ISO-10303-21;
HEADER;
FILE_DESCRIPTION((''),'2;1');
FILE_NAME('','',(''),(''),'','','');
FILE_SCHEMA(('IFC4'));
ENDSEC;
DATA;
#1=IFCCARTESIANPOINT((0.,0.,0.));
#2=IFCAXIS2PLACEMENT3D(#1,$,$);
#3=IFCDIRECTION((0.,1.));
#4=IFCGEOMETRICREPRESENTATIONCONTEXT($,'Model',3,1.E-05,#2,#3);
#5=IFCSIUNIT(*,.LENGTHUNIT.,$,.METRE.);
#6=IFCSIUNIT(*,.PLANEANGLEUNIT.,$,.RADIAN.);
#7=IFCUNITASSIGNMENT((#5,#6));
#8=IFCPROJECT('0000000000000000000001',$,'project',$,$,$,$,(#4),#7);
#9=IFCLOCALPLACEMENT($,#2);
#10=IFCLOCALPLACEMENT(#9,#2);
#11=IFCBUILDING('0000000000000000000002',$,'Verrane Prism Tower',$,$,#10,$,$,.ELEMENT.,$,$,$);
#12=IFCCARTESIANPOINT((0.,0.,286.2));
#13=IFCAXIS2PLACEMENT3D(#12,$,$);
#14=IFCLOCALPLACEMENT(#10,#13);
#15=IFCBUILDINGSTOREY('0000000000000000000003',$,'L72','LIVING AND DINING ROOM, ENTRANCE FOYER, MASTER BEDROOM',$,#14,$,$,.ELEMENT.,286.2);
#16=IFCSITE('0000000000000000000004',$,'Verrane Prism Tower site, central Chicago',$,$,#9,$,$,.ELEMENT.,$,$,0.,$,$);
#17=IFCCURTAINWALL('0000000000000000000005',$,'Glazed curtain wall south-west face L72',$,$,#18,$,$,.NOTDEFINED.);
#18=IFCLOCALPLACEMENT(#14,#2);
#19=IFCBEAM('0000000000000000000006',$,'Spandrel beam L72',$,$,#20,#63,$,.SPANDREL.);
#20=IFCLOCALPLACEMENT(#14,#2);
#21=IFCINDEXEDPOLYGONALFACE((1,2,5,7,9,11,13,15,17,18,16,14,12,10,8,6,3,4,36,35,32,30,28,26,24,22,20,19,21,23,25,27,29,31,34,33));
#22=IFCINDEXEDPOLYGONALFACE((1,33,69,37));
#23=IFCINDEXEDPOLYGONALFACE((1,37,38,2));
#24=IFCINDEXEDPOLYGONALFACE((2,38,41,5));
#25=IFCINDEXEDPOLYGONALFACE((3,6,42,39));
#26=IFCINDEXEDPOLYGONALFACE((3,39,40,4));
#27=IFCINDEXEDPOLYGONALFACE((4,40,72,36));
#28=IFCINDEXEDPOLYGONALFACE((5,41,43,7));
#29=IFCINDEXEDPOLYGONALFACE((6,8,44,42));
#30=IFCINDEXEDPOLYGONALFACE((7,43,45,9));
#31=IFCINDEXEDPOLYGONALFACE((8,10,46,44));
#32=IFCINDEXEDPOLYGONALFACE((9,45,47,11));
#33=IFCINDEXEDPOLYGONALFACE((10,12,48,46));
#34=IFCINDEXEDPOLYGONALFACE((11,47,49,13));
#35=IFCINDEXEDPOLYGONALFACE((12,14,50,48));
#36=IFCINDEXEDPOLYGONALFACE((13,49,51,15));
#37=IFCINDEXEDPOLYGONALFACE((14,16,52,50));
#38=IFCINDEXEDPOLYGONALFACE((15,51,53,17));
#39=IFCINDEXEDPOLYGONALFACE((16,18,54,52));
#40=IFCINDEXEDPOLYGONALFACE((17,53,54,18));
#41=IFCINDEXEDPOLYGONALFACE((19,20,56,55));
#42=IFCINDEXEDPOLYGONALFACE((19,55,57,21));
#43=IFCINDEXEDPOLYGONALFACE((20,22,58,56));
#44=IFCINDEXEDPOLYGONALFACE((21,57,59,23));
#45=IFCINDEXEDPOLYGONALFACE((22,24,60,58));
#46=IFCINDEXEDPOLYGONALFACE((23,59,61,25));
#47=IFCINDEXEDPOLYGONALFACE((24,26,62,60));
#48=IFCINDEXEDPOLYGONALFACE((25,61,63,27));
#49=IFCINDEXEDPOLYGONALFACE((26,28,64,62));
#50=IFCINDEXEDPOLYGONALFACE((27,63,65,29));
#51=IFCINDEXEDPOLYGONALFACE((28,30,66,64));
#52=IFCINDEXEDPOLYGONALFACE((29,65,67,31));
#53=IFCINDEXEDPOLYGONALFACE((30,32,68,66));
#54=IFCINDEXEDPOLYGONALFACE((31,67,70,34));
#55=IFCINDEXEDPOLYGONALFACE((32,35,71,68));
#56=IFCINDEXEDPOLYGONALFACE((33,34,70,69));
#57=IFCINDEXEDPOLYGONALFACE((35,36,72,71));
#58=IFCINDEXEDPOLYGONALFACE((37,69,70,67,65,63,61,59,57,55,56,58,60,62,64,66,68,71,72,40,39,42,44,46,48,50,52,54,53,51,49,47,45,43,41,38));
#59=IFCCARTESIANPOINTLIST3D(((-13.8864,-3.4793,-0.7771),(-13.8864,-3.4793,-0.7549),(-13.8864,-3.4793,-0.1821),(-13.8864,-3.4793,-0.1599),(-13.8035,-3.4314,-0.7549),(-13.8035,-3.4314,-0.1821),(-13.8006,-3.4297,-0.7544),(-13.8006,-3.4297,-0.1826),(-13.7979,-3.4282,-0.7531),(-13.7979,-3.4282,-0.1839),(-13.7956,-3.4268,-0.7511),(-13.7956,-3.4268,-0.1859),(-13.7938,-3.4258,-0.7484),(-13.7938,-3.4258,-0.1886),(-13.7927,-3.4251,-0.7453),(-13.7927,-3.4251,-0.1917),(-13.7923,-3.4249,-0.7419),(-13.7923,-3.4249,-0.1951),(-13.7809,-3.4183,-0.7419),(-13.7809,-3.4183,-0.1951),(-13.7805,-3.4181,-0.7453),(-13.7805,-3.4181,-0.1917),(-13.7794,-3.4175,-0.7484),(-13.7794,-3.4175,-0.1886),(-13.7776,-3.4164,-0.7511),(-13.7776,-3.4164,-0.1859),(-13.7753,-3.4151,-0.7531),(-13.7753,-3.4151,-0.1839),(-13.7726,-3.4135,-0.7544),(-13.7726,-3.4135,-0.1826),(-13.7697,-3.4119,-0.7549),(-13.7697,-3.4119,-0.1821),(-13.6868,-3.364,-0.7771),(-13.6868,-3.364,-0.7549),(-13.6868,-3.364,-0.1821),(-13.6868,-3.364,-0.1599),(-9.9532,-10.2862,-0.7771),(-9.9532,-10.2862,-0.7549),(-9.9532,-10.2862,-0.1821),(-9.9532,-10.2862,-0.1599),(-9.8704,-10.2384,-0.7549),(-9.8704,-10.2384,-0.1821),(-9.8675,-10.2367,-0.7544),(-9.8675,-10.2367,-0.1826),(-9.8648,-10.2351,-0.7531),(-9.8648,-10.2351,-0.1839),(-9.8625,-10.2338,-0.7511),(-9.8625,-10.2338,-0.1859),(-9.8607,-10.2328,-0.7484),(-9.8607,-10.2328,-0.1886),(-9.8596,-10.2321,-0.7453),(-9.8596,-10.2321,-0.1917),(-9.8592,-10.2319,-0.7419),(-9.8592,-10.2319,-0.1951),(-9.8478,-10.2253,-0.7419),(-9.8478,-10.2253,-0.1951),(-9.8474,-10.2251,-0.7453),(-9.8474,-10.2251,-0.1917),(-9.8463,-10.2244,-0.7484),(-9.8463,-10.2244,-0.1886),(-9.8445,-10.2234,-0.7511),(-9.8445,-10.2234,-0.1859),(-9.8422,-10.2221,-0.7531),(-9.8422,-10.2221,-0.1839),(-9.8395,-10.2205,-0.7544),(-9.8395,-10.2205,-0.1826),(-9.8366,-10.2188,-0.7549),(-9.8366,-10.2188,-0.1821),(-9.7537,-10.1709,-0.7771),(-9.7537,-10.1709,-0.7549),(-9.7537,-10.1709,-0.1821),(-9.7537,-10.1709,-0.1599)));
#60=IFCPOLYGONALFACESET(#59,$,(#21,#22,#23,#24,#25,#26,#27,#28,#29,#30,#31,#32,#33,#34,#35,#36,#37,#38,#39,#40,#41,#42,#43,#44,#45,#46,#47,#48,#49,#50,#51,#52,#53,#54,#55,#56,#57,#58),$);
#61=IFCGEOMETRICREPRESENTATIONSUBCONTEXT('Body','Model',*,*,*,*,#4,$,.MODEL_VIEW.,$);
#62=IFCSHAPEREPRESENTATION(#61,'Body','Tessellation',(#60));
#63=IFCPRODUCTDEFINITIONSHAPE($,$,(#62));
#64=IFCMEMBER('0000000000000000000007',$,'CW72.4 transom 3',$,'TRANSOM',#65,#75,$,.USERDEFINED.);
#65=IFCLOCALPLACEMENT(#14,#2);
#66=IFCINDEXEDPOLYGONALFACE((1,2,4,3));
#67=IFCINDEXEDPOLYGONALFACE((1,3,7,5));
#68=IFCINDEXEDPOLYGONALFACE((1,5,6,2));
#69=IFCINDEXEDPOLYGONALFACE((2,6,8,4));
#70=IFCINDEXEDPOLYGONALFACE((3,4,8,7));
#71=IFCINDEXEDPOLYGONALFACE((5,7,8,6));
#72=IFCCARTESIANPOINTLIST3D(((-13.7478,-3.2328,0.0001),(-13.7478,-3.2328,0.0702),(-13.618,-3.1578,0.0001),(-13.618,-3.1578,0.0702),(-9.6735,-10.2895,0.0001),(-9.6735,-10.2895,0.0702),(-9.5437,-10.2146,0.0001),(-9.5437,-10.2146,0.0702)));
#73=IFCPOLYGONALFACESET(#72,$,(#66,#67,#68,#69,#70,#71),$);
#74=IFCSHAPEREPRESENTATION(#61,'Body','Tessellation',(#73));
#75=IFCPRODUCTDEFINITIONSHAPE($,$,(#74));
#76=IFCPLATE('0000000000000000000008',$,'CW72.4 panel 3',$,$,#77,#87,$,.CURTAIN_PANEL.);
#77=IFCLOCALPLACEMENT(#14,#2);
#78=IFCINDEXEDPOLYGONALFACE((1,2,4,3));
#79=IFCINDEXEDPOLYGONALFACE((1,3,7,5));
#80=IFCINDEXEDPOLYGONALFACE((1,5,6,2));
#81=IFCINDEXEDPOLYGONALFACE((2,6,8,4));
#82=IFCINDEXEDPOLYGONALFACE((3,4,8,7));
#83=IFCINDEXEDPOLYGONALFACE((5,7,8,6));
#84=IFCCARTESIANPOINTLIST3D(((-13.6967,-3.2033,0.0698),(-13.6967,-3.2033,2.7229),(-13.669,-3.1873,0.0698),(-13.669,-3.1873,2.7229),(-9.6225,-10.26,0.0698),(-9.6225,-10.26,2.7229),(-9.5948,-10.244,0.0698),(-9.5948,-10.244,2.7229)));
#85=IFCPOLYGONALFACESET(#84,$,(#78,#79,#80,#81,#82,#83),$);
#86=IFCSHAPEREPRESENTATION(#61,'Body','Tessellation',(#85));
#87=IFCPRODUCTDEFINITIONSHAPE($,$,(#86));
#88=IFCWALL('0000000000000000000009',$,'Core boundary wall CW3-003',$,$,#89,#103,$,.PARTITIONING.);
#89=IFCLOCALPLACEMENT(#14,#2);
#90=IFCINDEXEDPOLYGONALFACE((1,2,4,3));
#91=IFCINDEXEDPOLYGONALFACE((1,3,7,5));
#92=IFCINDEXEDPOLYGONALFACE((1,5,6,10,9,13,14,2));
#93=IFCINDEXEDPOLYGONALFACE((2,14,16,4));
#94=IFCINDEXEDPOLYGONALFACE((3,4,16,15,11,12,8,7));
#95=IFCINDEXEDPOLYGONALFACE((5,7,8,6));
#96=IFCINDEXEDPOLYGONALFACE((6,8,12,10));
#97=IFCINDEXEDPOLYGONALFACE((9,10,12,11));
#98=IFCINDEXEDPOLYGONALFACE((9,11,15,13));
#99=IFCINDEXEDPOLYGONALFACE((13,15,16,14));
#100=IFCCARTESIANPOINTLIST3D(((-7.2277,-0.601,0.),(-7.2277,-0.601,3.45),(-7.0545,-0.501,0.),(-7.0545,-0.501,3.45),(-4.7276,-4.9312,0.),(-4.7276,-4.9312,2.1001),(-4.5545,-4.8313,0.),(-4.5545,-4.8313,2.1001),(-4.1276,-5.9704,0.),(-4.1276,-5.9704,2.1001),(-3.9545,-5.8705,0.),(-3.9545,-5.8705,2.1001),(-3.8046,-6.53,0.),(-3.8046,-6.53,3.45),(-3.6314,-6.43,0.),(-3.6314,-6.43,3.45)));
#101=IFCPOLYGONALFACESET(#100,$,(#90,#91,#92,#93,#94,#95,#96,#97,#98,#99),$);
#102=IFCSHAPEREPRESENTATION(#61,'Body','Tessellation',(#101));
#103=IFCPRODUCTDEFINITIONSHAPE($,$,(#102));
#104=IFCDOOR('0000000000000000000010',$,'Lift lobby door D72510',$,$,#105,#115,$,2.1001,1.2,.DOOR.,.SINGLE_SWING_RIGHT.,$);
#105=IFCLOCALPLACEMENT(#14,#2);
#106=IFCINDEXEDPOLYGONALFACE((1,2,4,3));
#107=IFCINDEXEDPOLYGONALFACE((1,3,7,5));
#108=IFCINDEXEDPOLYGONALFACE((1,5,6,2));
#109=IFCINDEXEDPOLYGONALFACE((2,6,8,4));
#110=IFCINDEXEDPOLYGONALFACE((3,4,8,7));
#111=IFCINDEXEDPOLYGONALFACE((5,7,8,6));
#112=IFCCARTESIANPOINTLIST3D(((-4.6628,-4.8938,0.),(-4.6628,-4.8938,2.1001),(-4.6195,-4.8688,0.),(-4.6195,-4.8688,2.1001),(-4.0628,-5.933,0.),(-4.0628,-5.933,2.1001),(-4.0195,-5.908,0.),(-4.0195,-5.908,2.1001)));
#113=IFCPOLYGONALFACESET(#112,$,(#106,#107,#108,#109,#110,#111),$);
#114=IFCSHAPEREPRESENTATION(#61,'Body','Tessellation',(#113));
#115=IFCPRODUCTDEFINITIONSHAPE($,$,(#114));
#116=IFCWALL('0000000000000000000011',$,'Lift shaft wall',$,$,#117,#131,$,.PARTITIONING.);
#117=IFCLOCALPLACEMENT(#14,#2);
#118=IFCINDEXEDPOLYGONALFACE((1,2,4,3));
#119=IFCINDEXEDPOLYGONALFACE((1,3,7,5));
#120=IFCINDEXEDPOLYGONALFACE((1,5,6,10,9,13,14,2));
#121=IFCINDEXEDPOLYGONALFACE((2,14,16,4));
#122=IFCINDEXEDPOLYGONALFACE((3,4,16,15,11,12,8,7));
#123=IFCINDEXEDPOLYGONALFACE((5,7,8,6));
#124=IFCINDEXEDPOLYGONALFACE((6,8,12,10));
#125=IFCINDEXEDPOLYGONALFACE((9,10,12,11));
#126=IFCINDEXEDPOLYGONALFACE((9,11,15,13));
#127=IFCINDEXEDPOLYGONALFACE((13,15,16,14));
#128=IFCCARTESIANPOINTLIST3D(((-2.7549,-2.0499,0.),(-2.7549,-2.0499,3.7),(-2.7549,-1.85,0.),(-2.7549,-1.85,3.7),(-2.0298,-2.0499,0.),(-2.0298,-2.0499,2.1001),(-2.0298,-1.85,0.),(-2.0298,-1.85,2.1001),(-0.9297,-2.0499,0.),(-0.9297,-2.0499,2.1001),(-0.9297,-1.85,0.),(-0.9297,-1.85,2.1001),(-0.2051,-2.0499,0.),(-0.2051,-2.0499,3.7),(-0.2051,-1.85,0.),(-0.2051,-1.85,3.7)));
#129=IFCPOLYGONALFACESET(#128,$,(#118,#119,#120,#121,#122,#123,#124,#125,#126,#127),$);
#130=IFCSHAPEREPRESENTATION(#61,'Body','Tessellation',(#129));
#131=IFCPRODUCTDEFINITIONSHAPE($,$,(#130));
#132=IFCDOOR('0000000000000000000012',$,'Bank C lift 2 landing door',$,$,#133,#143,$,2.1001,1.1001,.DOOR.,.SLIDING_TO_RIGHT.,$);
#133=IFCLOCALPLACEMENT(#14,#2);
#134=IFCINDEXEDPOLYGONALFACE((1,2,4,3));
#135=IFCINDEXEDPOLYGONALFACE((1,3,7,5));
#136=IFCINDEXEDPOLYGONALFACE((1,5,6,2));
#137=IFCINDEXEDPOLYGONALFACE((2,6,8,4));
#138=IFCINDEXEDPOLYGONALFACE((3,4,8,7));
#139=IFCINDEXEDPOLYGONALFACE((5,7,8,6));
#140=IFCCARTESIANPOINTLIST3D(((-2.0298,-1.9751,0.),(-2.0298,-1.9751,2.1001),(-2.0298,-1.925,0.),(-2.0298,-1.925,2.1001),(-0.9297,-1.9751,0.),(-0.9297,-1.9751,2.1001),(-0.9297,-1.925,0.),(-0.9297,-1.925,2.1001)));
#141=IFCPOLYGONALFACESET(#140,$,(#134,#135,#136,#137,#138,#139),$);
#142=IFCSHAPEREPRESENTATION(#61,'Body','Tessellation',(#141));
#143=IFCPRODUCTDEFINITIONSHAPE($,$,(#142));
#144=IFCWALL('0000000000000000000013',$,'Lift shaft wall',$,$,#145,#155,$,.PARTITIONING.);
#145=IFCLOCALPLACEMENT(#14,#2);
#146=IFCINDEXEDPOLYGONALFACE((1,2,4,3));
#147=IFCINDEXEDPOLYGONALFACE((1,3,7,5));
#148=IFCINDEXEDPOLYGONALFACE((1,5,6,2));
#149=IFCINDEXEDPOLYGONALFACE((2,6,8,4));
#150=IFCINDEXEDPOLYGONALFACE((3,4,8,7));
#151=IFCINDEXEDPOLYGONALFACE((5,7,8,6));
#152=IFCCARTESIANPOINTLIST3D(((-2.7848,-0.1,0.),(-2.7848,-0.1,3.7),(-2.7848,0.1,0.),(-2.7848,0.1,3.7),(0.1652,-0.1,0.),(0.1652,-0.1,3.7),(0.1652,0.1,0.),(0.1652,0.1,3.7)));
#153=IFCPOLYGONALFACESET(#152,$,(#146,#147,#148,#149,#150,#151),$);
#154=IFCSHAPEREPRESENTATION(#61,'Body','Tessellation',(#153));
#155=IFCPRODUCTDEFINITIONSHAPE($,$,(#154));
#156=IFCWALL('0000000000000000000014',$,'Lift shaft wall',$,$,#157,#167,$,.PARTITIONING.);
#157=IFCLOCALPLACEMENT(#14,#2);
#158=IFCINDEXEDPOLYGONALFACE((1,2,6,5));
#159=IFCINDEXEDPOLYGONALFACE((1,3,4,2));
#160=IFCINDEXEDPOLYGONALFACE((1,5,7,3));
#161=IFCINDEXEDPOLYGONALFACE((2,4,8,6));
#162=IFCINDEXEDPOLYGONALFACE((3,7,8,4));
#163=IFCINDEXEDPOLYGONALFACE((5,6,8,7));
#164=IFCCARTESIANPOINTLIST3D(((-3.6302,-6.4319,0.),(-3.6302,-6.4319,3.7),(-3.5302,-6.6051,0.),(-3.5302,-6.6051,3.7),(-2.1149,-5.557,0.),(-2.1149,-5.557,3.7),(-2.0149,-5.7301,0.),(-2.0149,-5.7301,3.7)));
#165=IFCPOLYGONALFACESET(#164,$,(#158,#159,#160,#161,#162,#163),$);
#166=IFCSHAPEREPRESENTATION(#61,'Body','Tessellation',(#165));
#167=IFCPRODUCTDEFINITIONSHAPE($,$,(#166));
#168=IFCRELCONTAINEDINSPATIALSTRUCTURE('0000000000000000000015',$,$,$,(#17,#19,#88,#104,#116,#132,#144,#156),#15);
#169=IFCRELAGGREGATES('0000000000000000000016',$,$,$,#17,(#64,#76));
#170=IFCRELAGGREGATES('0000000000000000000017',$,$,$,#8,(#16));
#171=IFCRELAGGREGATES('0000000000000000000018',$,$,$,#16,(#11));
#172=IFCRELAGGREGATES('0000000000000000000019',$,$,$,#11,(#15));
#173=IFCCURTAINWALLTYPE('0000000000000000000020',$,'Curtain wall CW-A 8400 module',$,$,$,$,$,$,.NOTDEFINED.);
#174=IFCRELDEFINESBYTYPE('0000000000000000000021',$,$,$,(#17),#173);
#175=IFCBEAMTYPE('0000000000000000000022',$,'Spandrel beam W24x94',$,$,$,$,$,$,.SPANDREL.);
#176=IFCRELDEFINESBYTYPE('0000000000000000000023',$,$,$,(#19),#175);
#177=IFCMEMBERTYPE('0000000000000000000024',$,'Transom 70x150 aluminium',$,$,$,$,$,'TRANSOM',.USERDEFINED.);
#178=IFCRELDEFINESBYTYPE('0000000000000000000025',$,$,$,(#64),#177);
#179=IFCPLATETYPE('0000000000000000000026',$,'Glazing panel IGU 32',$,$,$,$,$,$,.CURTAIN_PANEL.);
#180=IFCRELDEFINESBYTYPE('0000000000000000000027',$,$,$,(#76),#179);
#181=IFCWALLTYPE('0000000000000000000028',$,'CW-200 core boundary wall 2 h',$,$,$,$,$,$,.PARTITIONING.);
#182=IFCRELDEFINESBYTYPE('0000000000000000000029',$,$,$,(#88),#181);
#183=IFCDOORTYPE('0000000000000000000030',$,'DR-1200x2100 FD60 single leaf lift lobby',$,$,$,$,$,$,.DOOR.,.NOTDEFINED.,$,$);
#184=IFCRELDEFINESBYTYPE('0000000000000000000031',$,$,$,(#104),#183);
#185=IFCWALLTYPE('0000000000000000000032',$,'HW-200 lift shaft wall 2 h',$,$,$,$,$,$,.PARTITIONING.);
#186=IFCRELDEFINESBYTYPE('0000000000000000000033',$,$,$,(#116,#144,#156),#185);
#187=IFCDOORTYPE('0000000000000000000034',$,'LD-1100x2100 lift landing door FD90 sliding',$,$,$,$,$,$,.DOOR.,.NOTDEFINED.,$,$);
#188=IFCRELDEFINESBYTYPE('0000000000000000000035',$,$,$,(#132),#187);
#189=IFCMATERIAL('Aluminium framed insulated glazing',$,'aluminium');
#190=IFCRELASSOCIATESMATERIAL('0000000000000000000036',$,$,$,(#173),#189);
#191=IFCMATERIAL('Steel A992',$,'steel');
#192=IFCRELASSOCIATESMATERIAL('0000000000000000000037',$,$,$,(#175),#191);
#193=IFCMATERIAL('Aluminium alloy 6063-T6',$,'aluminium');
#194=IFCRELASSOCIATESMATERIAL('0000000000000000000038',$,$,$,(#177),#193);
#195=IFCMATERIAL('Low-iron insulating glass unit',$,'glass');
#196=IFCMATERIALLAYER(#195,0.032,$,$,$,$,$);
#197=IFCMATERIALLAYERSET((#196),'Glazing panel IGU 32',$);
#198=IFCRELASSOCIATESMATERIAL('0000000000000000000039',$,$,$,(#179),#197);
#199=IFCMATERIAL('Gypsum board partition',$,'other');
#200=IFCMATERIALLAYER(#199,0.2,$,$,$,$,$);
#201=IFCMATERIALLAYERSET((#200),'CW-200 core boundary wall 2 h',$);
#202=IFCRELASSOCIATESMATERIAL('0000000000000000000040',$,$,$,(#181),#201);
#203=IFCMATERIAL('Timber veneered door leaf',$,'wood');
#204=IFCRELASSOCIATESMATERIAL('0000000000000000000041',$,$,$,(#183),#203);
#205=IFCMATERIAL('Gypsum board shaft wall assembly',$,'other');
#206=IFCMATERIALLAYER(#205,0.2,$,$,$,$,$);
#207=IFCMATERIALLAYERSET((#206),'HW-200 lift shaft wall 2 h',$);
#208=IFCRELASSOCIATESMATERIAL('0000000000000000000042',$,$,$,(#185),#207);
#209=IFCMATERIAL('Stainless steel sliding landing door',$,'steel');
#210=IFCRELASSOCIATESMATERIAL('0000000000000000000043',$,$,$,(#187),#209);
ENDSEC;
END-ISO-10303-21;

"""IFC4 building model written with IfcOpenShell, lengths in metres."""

from ifc_helpers import new_model, si_unit, direction, frame, frame_2d, origin, origin_2d, place, context, subcontext, project, spatial, rectangle, i_section, extrude, material, layer, layer_set, material_profile, profile_set, type_object, element, fill, aggregate, save


model = new_model("IFC4")

# Units and contexts
model_context = context("Model", 3, precision=1e-05, world=origin(), true_north=direction((0.0, 1.0)))
body_context = subcontext(model_context, "Body", "Model", "MODEL_VIEW")
ifc_project = project(units=[si_unit("LENGTHUNIT", "METRE"), si_unit("PLANEANGLEUNIT", "RADIAN")], contexts=[model_context])

# Site, building, storey
site_placement = place(None, origin())
site = spatial("IfcSite", under=ifc_project, at=site_placement, Name="Verrane Prism Tower site, central Chicago", CompositionType="ELEMENT", RefElevation=0.0)
building_placement = place(site_placement, origin())
building = spatial("IfcBuilding", under=site, at=building_placement, Name="Verrane Prism Tower", CompositionType="ELEMENT")
storey_placement = place(building_placement, frame((0.0, 0.0, 286.2)))
storey = spatial("IfcBuildingStorey", under=building, at=storey_placement, Name="L72", Description="LIVING AND DINING ROOM, ENTRANCE FOYER, MASTER BEDROOM", CompositionType="ELEMENT", Elevation=286.2)

# Curtain wall
ifc_material_1 = material(Name="Aluminium framed insulated glazing", Category="aluminium")
curtain_wall_type = type_object("IfcCurtainWallType", Name="Curtain wall CW-A 8400 module", PredefinedType="NOTDEFINED", material=ifc_material_1)
curtain_wall_placement = place(storey_placement, origin())
curtain_wall = element("IfcCurtainWall", 1, at=curtain_wall_placement, inside=storey, type_object=curtain_wall_type, Name="Glazed curtain wall south-west face L72", PredefinedType="NOTDEFINED")

# Beam
ifc_material_2 = material(Name="Steel A992", Category="steel")
ifc_material_profile_1 = material_profile(ifc_material_2, i_section(OverallWidth=0.2305, OverallDepth=0.6172, WebThickness=0.0132, FlangeThickness=0.0222, FilletRadius=0.0129, at=origin_2d()), Name="W24x94")
ifc_profile_set_1 = profile_set([ifc_material_profile_1], Name="Steel A992")
beam_type_1 = type_object("IfcBeamType", Name="Spandrel beam W24x94", PredefinedType="SPANDREL", material=ifc_profile_set_1)
beam_1_placement = place(storey_placement, frame((-13.7866, -3.4216, -0.4685), z_axis=(0.5003, -0.865852, 0.0), x_axis=(0.865852, 0.5003, 0.0)))
element("IfcBeam", 2, at=beam_1_placement, inside=storey, type_object=beam_type_1, Name="Spandrel beam L72", PredefinedType="SPANDREL", context=body_context, shape_type="SweptSolid", body=[
    extrude(i_section(OverallWidth=0.2305, OverallDepth=0.6172, WebThickness=0.0132, FlangeThickness=0.0222, FilletRadius=0.0129, at=origin_2d()), origin(), (0.0, 0.0, 1.0), 7.8616),
])

# Member
ifc_material_3 = material(Name="Aluminium alloy 6063-T6", Category="aluminium")
ifc_material_profile_2 = material_profile(ifc_material_3, rectangle(XDim=0.1499, YDim=0.0701, at=origin_2d()), Name="Transom 70x150 aluminium")
ifc_profile_set_2 = profile_set([ifc_material_profile_2], Name="Aluminium alloy 6063-T6")
member_type_1 = type_object("IfcMemberType", Name="Transom 70x150 aluminium", ElementType="TRANSOM", PredefinedType="USERDEFINED", material=ifc_profile_set_2)
member_1_placement = place(storey_placement, frame((-13.6829, -3.1953, 0.0352), z_axis=(0.500006, -0.866022, 0.0), x_axis=(0.866022, 0.500006, 0.0)))
member_1 = element("IfcMember", 3, at=member_1_placement, type_object=member_type_1, Name="CW72.4 transom 3", ObjectType="TRANSOM", PredefinedType="USERDEFINED", context=body_context, shape_type="SweptSolid", body=[
    extrude(rectangle(XDim=0.1499, YDim=0.0701, at=origin_2d()), origin(), (0.0, 0.0, 1.0), 8.1484),
])

# Plate
ifc_material_4 = material(Name="Low-iron insulating glass unit", Category="glass")
ifc_layer_1 = layer(ifc_material_4, 0.032)
ifc_layer_set_1 = layer_set([ifc_layer_1], Name="Glazing panel IGU 32")
plate_type = type_object("IfcPlateType", Name="Glazing panel IGU 32", PredefinedType="CURTAIN_PANEL", material=ifc_layer_set_1)
plate_placement = place(storey_placement, frame((-11.6458, -6.7236, 0.0698), z_axis=(0.0, 0.0, 1.0), x_axis=(0.500001, -0.866025, 0.0)))
plate = element("IfcPlate", 4, at=plate_placement, type_object=plate_type, Name="CW72.4 panel 3", PredefinedType="CURTAIN_PANEL", context=body_context, shape_type="SweptSolid", body=[
    extrude(rectangle(XDim=8.1484, YDim=0.032, at=origin_2d()), origin(), (0.0, 0.0, 1.0), 2.6531),
])
aggregate(curtain_wall, [member_1, plate])

# Walls, openings, doors
ifc_material_5 = material(Name="Gypsum board partition", Category="other")
ifc_layer_2 = layer(ifc_material_5, 0.2)
ifc_layer_set_2 = layer_set([ifc_layer_2], Name="CW-200 core boundary wall 2 h")
wall_type_1 = type_object("IfcWallType", Name="CW-200 core boundary wall 2 h", PredefinedType="PARTITIONING", material=ifc_layer_set_2)
wall_1_placement = place(storey_placement, frame((-7.1411, -0.551, 0.0), z_axis=(0.0, 0.0, 1.0), x_axis=(0.500001, -0.866025, 0.0)))
wall_1 = element("IfcWall", 5, at=wall_1_placement, inside=storey, type_object=wall_type_1, Name="Core boundary wall CW3-003", PredefinedType="PARTITIONING", context=body_context, shape_type="SweptSolid", body=[
    extrude(rectangle(XDim=6.8462, YDim=0.2, at=frame_2d((3.4231, 0.0))), origin(), (0.0, 0.0, 1.0), 3.45),
])
opening_1_placement = place(wall_1_placement, frame((5.0, 0.0, 0.0)))
opening_1 = element("IfcOpeningElement", 6, at=opening_1_placement, cuts=wall_1, PredefinedType="OPENING", context=body_context, shape_type="SweptSolid", body=[
    extrude(rectangle(XDim=1.2, YDim=2.1001, at=frame_2d((0.6001, 1.05))), frame((0.0, 0.1099, 0.0), z_axis=(0.0, -1.0, 0.0), x_axis=(1.0, 0.0, 0.0)), (0.0, 0.0, 1.0), 0.22),
])
ifc_material_6 = material(Name="Timber veneered door leaf", Category="wood")
door_type_1 = type_object("IfcDoorType", Name="DR-1200x2100 FD60 single leaf lift lobby", OperationType="NOTDEFINED", PredefinedType="DOOR", material=ifc_material_6)
door_1_placement = place(opening_1_placement, origin())
door_1 = element("IfcDoor", 7, at=door_1_placement, inside=storey, type_object=door_type_1, Name="Lift lobby door D72510", OperationType="SINGLE_SWING_RIGHT", OverallHeight=2.1001, OverallWidth=1.2, PredefinedType="DOOR", context=body_context, shape_type="SweptSolid", body=[
    extrude(rectangle(XDim=1.2, YDim=2.1001, at=frame_2d((0.6001, 1.05))), frame((0.0, 0.0249, 0.0), z_axis=(0.0, -1.0, 0.0), x_axis=(1.0, 0.0, 0.0)), (0.0, 0.0, 1.0), 0.05),
])
fill(opening_1, door_1)
ifc_material_7 = material(Name="Gypsum board shaft wall assembly", Category="other")
ifc_layer_3 = layer(ifc_material_7, 0.2)
ifc_layer_set_3 = layer_set([ifc_layer_3], Name="HW-200 lift shaft wall 2 h")
wall_type_2 = type_object("IfcWallType", Name="HW-200 lift shaft wall 2 h", PredefinedType="PARTITIONING", material=ifc_layer_set_3)
wall_2_placement = place(storey_placement, frame((-2.7549, -1.95, 0.0), z_axis=(0.0, 0.0, 1.0), x_axis=(1.0, 0.0, 0.0)))
wall_2 = element("IfcWall", 8, at=wall_2_placement, inside=storey, type_object=wall_type_2, Name="Lift shaft wall", PredefinedType="PARTITIONING", context=body_context, shape_type="SweptSolid", body=[
    extrude(rectangle(XDim=2.5498, YDim=0.2, at=frame_2d((1.2749, 0.0))), origin(), (0.0, 0.0, 1.0), 3.7),
])
opening_2_placement = place(wall_2_placement, frame((0.7251, 0.0, 0.0)))
opening_2 = element("IfcOpeningElement", 9, at=opening_2_placement, cuts=wall_2, PredefinedType="OPENING", context=body_context, shape_type="SweptSolid", body=[
    extrude(rectangle(XDim=1.1001, YDim=2.1001, at=frame_2d((0.55, 1.05))), frame((0.0, 0.1099, 0.0), z_axis=(0.0, -1.0, 0.0), x_axis=(1.0, 0.0, 0.0)), (0.0, 0.0, 1.0), 0.22),
])
ifc_material_8 = material(Name="Stainless steel sliding landing door", Category="steel")
door_type_2 = type_object("IfcDoorType", Name="LD-1100x2100 lift landing door FD90 sliding", OperationType="NOTDEFINED", PredefinedType="DOOR", material=ifc_material_8)
door_2_placement = place(opening_2_placement, origin())
door_2 = element("IfcDoor", 10, at=door_2_placement, inside=storey, type_object=door_type_2, Name="Bank C lift 2 landing door", OperationType="SLIDING_TO_RIGHT", OverallHeight=2.1001, OverallWidth=1.1001, PredefinedType="DOOR", context=body_context, shape_type="SweptSolid", body=[
    extrude(rectangle(XDim=1.1001, YDim=2.1001, at=frame_2d((0.55, 1.05))), frame((0.0, 0.0249, 0.0), z_axis=(0.0, -1.0, 0.0), x_axis=(1.0, 0.0, 0.0)), (0.0, 0.0, 1.0), 0.05),
])
fill(opening_2, door_2)

# Walls
wall_3_placement = place(storey_placement, frame((-2.7849, 0.0, 0.0), z_axis=(0.0, 0.0, 1.0), x_axis=(1.0, 0.0, 0.0)))
element("IfcWall", 11, at=wall_3_placement, inside=storey, type_object=wall_type_2, Name="Lift shaft wall", PredefinedType="PARTITIONING", context=body_context, shape_type="SweptSolid", body=[
    extrude(rectangle(XDim=2.95, YDim=0.2, at=frame_2d((1.4751, 0.0))), origin(), (0.0, 0.0, 1.0), 3.7),
])
wall_4_placement = place(storey_placement, frame((-3.5803, -6.5186, 0.0), z_axis=(0.0, 0.0, 1.0), x_axis=(0.866002, 0.50004, 0.0)))
element("IfcWall", 12, at=wall_4_placement, inside=storey, type_object=wall_type_2, Name="Lift shaft wall", PredefinedType="PARTITIONING", context=body_context, shape_type="SweptSolid", body=[
    extrude(rectangle(XDim=1.7498, YDim=0.2, at=frame_2d((0.875, 0.0))), origin(), (0.0, 0.0, 1.0), 3.7),
])

save(model, "model.ifc")
